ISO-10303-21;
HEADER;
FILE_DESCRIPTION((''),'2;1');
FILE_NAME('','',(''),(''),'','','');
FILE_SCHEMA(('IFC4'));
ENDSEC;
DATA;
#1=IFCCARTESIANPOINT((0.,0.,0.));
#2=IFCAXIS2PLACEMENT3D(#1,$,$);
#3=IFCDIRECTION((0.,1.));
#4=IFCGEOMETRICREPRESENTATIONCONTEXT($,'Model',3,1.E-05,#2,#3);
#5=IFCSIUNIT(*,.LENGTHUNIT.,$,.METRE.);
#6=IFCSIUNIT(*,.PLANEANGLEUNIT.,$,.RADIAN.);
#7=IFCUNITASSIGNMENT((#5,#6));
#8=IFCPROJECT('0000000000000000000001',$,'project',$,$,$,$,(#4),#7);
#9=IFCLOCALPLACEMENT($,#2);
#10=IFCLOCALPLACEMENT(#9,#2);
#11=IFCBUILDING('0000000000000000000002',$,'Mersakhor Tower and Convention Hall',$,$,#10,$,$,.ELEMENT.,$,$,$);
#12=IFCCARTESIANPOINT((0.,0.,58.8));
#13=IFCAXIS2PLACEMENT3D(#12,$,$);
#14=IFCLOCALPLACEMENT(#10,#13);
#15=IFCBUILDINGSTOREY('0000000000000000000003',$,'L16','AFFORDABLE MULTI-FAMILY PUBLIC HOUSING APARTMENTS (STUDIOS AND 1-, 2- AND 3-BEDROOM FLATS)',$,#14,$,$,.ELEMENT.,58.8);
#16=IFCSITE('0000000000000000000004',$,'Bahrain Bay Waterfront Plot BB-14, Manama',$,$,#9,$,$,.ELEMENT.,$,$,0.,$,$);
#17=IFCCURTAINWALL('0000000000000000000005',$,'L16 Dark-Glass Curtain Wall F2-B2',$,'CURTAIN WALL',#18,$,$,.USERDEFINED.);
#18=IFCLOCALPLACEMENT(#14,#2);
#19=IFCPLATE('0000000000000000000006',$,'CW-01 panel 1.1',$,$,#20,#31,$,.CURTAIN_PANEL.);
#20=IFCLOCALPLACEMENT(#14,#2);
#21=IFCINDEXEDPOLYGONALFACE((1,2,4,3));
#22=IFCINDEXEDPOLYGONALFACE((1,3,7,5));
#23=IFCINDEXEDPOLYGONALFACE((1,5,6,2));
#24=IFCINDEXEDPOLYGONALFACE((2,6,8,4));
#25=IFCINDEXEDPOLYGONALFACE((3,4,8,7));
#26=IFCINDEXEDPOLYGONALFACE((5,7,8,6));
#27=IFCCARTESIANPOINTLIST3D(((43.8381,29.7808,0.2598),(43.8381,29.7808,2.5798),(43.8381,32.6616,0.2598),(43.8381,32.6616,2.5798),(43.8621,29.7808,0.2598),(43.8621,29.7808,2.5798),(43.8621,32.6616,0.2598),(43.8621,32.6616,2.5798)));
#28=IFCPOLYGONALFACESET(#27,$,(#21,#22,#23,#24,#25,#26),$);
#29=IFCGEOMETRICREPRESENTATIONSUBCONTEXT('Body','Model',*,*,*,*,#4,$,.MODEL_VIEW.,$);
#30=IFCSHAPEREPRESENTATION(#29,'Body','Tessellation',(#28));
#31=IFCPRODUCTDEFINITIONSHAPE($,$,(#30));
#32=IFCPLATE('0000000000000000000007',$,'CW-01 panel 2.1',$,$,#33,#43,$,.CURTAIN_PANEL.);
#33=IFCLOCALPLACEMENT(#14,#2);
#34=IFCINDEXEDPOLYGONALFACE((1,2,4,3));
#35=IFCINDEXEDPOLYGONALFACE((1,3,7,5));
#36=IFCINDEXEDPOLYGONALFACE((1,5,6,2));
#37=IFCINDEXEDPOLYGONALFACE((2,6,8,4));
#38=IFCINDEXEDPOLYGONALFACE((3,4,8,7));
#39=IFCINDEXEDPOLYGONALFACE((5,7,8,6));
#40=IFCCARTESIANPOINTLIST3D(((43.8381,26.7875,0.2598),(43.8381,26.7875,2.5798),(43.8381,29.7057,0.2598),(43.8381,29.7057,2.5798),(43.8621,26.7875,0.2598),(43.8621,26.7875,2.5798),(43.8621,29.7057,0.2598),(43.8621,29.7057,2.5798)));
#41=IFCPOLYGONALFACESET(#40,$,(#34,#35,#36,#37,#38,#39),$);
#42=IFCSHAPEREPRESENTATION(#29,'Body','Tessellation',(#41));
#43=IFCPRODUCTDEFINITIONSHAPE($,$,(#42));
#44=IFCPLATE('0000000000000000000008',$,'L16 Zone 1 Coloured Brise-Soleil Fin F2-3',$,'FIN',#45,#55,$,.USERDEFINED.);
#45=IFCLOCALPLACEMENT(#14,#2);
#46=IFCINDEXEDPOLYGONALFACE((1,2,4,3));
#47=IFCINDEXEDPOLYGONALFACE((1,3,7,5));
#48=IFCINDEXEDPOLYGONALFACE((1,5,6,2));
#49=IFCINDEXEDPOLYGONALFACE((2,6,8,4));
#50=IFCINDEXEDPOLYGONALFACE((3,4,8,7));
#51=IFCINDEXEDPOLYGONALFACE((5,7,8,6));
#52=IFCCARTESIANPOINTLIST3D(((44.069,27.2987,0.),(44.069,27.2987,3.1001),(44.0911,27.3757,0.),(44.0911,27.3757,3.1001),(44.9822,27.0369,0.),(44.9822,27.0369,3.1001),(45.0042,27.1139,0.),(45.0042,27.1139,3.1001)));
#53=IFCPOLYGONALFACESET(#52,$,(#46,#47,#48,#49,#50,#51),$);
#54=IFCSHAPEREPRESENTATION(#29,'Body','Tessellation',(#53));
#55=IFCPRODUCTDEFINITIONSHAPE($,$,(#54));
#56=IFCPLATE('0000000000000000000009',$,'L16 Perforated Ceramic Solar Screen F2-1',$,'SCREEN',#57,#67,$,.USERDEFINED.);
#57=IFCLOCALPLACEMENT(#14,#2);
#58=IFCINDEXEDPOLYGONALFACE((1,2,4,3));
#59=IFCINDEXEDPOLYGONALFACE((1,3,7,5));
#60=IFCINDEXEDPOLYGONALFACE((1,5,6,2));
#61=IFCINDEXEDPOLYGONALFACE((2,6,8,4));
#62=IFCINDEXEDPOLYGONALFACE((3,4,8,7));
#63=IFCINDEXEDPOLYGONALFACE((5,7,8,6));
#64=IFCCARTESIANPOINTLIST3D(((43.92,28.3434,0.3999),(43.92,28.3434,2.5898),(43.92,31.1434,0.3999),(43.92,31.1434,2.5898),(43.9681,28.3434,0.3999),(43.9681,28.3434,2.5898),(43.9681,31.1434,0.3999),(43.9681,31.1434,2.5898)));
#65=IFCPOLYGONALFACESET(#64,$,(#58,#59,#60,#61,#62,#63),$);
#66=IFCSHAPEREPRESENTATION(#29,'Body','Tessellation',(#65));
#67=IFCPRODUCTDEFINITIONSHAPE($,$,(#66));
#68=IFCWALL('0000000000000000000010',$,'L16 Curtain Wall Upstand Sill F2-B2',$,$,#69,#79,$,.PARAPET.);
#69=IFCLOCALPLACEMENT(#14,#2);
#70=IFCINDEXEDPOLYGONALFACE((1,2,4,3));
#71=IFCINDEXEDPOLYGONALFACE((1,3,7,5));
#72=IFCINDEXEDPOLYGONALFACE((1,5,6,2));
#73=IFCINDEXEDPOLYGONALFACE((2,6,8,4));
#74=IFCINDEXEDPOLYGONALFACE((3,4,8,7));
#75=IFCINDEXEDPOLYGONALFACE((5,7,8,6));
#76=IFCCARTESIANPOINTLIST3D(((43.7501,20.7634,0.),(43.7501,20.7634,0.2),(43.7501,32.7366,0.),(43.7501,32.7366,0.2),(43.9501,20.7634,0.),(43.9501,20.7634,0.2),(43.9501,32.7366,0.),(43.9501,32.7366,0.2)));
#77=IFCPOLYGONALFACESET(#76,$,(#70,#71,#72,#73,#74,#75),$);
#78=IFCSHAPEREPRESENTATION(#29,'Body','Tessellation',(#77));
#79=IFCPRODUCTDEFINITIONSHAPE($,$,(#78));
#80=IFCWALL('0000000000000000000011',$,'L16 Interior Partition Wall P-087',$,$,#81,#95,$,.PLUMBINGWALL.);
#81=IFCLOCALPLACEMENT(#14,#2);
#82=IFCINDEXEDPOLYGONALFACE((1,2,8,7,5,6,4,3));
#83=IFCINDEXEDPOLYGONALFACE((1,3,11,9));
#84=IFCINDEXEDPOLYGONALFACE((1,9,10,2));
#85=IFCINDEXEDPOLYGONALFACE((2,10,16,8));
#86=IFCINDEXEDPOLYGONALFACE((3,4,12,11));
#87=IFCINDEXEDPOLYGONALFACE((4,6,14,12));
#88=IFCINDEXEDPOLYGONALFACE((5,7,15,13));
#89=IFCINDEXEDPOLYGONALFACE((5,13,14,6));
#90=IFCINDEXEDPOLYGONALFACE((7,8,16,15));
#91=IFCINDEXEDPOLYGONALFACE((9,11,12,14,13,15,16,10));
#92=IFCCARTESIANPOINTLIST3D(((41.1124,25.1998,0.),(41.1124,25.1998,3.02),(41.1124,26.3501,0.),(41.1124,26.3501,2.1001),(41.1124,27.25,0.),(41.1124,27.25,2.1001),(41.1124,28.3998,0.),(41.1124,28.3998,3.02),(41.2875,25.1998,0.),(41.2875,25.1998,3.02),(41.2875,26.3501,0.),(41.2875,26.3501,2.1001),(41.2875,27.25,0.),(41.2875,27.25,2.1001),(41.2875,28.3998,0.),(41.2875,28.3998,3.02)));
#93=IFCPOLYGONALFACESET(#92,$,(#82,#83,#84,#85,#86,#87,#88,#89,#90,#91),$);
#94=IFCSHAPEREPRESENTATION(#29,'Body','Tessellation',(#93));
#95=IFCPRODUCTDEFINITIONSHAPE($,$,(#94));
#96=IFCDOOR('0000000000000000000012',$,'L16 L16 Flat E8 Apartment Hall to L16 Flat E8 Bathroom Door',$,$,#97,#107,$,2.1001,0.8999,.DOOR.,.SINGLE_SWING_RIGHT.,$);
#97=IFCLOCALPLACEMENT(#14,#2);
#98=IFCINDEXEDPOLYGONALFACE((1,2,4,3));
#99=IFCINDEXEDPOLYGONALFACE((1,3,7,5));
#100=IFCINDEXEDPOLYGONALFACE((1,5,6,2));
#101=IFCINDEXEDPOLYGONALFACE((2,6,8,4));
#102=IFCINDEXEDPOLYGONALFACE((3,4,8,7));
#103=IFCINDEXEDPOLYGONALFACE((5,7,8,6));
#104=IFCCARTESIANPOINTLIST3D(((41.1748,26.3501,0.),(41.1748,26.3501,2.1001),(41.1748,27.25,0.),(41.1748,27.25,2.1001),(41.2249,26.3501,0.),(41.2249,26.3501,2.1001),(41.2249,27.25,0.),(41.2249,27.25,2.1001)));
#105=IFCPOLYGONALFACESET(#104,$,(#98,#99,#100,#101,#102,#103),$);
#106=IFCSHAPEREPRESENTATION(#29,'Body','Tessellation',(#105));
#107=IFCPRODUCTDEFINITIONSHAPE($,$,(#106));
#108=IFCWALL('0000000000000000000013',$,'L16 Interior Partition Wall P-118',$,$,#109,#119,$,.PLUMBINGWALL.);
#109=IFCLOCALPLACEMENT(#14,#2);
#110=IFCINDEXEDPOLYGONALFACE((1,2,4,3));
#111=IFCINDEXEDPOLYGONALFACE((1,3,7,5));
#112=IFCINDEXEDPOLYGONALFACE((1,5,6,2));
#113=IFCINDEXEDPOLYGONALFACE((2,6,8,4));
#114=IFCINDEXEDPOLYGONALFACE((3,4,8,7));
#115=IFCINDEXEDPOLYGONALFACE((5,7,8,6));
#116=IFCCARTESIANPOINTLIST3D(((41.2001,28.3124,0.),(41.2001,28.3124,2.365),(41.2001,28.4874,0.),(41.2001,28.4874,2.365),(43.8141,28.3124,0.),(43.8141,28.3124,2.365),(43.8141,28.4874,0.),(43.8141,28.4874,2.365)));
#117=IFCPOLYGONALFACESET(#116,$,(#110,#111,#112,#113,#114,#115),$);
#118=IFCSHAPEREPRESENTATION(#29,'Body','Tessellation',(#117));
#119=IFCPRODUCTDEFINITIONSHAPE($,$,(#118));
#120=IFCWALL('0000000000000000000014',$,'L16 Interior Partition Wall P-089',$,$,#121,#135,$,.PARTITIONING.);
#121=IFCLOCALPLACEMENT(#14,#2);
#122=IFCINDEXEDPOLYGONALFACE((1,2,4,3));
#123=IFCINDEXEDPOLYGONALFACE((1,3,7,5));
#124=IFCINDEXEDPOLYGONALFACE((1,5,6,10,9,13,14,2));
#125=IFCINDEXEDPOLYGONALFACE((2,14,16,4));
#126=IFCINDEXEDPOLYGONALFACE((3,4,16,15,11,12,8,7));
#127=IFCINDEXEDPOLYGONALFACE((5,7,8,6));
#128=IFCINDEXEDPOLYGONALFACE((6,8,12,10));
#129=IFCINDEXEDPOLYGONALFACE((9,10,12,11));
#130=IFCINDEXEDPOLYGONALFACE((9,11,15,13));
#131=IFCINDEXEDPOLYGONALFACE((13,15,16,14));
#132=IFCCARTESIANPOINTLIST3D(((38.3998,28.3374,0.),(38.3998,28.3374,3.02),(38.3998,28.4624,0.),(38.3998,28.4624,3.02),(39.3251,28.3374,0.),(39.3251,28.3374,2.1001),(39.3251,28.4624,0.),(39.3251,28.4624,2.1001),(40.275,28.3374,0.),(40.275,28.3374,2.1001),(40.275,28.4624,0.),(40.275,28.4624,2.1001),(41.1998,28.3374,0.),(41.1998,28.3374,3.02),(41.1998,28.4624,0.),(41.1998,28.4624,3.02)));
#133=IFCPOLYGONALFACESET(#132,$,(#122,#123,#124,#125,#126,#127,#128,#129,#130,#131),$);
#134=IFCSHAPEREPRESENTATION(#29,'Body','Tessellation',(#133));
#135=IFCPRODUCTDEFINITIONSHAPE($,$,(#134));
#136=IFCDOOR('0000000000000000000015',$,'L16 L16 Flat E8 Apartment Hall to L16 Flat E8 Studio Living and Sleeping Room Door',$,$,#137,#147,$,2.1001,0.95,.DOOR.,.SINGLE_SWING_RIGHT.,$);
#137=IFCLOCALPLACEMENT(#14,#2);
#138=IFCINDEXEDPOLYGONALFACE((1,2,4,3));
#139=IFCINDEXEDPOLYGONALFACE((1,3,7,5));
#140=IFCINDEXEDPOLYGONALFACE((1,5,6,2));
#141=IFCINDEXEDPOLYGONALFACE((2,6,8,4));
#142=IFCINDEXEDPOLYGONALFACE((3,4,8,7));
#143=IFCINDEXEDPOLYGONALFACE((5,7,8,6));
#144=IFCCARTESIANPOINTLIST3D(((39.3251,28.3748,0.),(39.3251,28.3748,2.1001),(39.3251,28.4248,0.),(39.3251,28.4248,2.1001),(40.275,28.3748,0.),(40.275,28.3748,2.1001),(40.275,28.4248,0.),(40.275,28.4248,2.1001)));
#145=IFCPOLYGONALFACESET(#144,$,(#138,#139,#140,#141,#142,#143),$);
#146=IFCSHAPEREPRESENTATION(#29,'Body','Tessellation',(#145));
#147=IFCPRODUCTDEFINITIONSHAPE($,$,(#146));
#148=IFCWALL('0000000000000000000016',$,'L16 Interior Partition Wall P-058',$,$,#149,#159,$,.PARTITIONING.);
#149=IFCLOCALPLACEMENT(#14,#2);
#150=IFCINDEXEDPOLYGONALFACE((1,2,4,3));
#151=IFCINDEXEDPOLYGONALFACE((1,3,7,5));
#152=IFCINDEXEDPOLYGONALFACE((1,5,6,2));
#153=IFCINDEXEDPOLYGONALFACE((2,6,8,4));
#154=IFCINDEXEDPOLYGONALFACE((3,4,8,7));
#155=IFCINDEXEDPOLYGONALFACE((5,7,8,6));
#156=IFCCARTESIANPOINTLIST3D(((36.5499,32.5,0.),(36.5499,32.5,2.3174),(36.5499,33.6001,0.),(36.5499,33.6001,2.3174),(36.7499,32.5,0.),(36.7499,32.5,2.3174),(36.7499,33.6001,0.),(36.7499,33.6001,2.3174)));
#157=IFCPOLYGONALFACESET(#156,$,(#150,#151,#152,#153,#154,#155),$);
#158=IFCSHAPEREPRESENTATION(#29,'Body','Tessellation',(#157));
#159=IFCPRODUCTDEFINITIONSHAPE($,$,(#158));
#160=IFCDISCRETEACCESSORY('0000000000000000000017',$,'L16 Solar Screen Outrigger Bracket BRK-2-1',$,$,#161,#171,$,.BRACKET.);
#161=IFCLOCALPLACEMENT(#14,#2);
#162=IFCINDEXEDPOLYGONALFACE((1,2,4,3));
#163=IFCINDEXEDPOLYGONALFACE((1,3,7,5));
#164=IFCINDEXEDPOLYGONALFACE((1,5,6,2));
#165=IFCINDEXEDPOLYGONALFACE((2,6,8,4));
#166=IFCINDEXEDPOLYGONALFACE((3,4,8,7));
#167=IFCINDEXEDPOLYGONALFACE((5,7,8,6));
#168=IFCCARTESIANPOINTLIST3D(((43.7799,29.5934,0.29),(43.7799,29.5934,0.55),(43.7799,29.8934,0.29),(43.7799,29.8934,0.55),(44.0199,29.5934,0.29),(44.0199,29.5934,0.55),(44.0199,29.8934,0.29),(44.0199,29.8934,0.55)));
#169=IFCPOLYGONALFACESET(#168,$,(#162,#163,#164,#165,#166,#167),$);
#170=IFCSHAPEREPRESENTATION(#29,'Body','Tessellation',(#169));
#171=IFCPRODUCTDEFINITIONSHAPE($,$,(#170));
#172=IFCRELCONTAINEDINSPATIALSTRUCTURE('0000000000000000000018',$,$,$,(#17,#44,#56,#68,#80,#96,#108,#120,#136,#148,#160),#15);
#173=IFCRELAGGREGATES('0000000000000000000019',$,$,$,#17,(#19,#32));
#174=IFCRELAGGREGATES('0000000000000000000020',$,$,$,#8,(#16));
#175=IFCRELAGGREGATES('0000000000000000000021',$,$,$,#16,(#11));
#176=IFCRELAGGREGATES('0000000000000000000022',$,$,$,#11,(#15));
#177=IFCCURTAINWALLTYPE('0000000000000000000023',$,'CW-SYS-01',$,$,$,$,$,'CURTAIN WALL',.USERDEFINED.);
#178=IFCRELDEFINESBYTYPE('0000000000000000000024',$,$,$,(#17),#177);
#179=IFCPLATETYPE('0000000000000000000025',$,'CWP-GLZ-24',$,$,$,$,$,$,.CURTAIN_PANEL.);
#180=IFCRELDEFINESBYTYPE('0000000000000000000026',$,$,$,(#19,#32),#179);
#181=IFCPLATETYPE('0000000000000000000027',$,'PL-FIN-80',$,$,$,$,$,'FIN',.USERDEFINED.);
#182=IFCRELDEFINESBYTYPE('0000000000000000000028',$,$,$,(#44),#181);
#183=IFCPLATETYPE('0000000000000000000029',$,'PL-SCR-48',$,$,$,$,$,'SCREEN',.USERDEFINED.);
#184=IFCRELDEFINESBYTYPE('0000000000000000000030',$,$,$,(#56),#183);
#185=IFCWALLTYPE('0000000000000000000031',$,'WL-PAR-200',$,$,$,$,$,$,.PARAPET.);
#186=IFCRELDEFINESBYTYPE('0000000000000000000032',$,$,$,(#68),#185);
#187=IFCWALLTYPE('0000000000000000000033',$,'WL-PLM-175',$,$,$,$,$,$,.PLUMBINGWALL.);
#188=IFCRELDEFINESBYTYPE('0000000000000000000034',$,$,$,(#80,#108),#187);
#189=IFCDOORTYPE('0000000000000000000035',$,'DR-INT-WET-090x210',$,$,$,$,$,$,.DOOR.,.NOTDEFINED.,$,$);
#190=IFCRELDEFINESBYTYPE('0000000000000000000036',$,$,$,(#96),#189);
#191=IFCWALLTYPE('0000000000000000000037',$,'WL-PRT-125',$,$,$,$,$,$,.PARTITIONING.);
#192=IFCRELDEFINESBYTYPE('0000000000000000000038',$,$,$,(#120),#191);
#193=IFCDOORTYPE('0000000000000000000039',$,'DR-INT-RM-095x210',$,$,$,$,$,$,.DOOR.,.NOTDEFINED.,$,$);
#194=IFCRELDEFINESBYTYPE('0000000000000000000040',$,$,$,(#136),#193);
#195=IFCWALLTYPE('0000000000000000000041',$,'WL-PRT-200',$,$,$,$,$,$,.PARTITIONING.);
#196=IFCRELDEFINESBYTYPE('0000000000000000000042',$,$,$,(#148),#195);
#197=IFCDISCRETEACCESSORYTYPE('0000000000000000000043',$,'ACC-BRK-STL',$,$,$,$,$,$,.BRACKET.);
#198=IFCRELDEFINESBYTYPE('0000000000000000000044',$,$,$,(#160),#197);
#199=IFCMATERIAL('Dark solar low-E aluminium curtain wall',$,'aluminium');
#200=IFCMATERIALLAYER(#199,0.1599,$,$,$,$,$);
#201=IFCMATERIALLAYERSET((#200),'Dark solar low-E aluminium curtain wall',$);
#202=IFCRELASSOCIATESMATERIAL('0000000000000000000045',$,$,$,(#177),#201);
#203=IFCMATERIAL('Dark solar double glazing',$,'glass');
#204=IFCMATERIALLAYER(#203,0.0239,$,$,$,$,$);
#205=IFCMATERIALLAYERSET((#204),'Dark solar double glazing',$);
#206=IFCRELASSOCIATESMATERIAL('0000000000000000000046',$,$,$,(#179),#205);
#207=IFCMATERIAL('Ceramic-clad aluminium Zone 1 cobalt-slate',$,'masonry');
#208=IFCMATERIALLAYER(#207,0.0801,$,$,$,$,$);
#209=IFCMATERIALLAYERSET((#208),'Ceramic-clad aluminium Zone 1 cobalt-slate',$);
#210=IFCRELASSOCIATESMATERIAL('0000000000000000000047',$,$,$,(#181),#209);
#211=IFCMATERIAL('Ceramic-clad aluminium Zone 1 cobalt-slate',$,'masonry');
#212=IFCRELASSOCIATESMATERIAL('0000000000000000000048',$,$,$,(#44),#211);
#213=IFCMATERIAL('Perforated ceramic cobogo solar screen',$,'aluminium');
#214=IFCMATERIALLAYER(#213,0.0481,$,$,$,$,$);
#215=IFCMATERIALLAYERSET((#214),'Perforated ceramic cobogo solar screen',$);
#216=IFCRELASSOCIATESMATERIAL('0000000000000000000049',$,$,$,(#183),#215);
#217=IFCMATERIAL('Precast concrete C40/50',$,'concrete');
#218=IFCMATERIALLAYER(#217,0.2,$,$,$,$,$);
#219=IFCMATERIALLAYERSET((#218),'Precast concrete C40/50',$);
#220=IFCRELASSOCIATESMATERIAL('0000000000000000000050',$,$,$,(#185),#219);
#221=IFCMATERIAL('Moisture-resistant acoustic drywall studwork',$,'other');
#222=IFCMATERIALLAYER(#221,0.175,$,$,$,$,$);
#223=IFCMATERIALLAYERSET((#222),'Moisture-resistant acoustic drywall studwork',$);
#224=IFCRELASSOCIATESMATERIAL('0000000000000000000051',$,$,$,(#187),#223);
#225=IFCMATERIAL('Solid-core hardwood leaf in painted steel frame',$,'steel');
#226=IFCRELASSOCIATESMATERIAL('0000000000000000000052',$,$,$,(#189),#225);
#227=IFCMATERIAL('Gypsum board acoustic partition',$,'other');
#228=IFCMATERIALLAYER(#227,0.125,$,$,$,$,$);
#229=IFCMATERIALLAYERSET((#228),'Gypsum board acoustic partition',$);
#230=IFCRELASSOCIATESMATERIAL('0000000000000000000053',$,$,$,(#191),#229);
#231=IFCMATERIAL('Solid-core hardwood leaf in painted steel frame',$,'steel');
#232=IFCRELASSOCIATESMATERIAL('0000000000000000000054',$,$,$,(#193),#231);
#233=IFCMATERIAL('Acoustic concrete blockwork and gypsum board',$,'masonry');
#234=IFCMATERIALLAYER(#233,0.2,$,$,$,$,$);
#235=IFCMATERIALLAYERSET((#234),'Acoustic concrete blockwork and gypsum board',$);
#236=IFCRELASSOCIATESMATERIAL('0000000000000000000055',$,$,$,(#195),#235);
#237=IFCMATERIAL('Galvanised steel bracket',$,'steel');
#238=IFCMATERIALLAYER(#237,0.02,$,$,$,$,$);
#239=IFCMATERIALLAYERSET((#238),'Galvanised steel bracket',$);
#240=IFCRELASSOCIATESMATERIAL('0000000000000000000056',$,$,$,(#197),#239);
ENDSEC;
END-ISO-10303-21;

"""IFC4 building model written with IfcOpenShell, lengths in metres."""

from ifc_helpers import new_model, si_unit, direction, frame, frame_2d, origin, origin_2d, place, context, subcontext, project, spatial, rectangle, extrude, material, layer, layer_set, type_object, element, fill, aggregate, save


model = new_model("IFC4")

# Units and contexts
model_context = context("Model", 3, precision=1e-05, world=origin(), true_north=direction((0.0, 1.0)))
body_context = subcontext(model_context, "Body", "Model", "MODEL_VIEW")
ifc_project = project(units=[si_unit("LENGTHUNIT", "METRE"), si_unit("PLANEANGLEUNIT", "RADIAN")], contexts=[model_context])

# Site, building, storey
site_placement = place(None, origin())
site = spatial("IfcSite", under=ifc_project, at=site_placement, Name="Bahrain Bay Waterfront Plot BB-14, Manama", CompositionType="ELEMENT", RefElevation=0.0)
building_placement = place(site_placement, origin())
building = spatial("IfcBuilding", under=site, at=building_placement, Name="Mersakhor Tower and Convention Hall", CompositionType="ELEMENT")
storey_placement = place(building_placement, frame((0.0, 0.0, 58.8)))
storey = spatial("IfcBuildingStorey", under=building, at=storey_placement, Name="L16", Description="AFFORDABLE MULTI-FAMILY PUBLIC HOUSING APARTMENTS (STUDIOS AND 1-, 2- AND 3-BEDROOM FLATS)", CompositionType="ELEMENT", Elevation=58.8)

# Curtain wall, plates
ifc_material_1 = material(Name="Dark solar low-E aluminium curtain wall", Category="aluminium")
ifc_layer_1 = layer(ifc_material_1, 0.1599)
ifc_layer_set_1 = layer_set([ifc_layer_1], Name="Dark solar low-E aluminium curtain wall")
curtain_wall_type = type_object("IfcCurtainWallType", Name="CW-SYS-01", ElementType="CURTAIN WALL", PredefinedType="USERDEFINED", material=ifc_layer_set_1)
curtain_wall_placement = place(storey_placement, origin())
curtain_wall = element("IfcCurtainWall", 1, at=curtain_wall_placement, inside=storey, type_object=curtain_wall_type, Name="L16 Dark-Glass Curtain Wall F2-B2", ObjectType="CURTAIN WALL", PredefinedType="USERDEFINED")
ifc_material_2 = material(Name="Dark solar double glazing", Category="glass")
ifc_layer_2 = layer(ifc_material_2, 0.0239)
ifc_layer_set_2 = layer_set([ifc_layer_2], Name="Dark solar double glazing")
plate_type_1 = type_object("IfcPlateType", Name="CWP-GLZ-24", PredefinedType="CURTAIN_PANEL", material=ifc_layer_set_2)
plate_1_placement = place(storey_placement, frame((43.8501, 31.2212, 0.2598), z_axis=(0.0, 0.0, 1.0), x_axis=(0.0, -1.0, 0.0)))
plate_1 = element("IfcPlate", 2, at=plate_1_placement, type_object=plate_type_1, Name="CW-01 panel 1.1", PredefinedType="CURTAIN_PANEL", context=body_context, shape_type="SweptSolid", body=[
    extrude(rectangle(XDim=2.8809, YDim=0.0239, at=origin_2d()), origin(), (0.0, 0.0, 1.0), 2.3201),
])
plate_2_placement = place(storey_placement, frame((43.8501, 28.2466, 0.2598), z_axis=(0.0, 0.0, 1.0), x_axis=(0.0, -1.0, 0.0)))
plate_2 = element("IfcPlate", 3, at=plate_2_placement, type_object=plate_type_1, Name="CW-01 panel 2.1", PredefinedType="CURTAIN_PANEL", context=body_context, shape_type="SweptSolid", body=[
    extrude(rectangle(XDim=2.9182, YDim=0.0239, at=origin_2d()), origin(), (0.0, 0.0, 1.0), 2.3201),
])
aggregate(curtain_wall, [plate_1, plate_2])

# Plates
ifc_material_3 = material(Name="Ceramic-clad aluminium Zone 1 cobalt-slate", Category="masonry")
ifc_material_4 = material(Name="Ceramic-clad aluminium Zone 1 cobalt-slate", Category="masonry")
ifc_layer_3 = layer(ifc_material_4, 0.0801)
ifc_layer_set_3 = layer_set([ifc_layer_3], Name="Ceramic-clad aluminium Zone 1 cobalt-slate")
plate_type_2 = type_object("IfcPlateType", Name="PL-FIN-80", ElementType="FIN", PredefinedType="USERDEFINED", material=ifc_layer_set_3)
plate_3_placement = place(storey_placement, frame((44.5366, 27.2063, 0.0), z_axis=(0.0, 0.0, 1.0), x_axis=(0.961262, -0.275637, 0.0)))
element("IfcPlate", 4, at=plate_3_placement, inside=storey, type_object=plate_type_2, material=ifc_material_3, Name="L16 Zone 1 Coloured Brise-Soleil Fin F2-3", ObjectType="FIN", PredefinedType="USERDEFINED", context=body_context, shape_type="SweptSolid", body=[
    extrude(rectangle(XDim=0.95, YDim=0.0801, at=origin_2d()), origin(), (0.0, 0.0, 1.0), 3.1001),
])
ifc_material_5 = material(Name="Perforated ceramic cobogo solar screen", Category="aluminium")
ifc_layer_4 = layer(ifc_material_5, 0.0481)
ifc_layer_set_4 = layer_set([ifc_layer_4], Name="Perforated ceramic cobogo solar screen")
plate_type_3 = type_object("IfcPlateType", Name="PL-SCR-48", ElementType="SCREEN", PredefinedType="USERDEFINED", material=ifc_layer_set_4)
plate_4_placement = place(storey_placement, frame((43.9441, 29.7434, 0.3999), z_axis=(0.0, 0.0, 1.0), x_axis=(0.0, -1.0, 0.0)))
element("IfcPlate", 5, at=plate_4_placement, inside=storey, type_object=plate_type_3, Name="L16 Perforated Ceramic Solar Screen F2-1", ObjectType="SCREEN", PredefinedType="USERDEFINED", context=body_context, shape_type="SweptSolid", body=[
    extrude(rectangle(XDim=2.8, YDim=0.0481, at=origin_2d()), origin(), (0.0, 0.0, 1.0), 2.1899),
])

# Wall
ifc_material_6 = material(Name="Precast concrete C40/50", Category="concrete")
ifc_layer_5 = layer(ifc_material_6, 0.2)
ifc_layer_set_5 = layer_set([ifc_layer_5], Name="Precast concrete C40/50")
wall_type_1 = type_object("IfcWallType", Name="WL-PAR-200", PredefinedType="PARAPET", material=ifc_layer_set_5)
wall_1_placement = place(storey_placement, frame((43.8501, 32.7366, 0.0), z_axis=(0.0, 0.0, 1.0), x_axis=(0.0, -1.0, 0.0)))
element("IfcWall", 6, at=wall_1_placement, inside=storey, type_object=wall_type_1, Name="L16 Curtain Wall Upstand Sill F2-B2", PredefinedType="PARAPET", context=body_context, shape_type="SweptSolid", body=[
    extrude(rectangle(XDim=11.9731, YDim=0.2, at=frame_2d((5.9866, 0.0))), origin(), (0.0, 0.0, 1.0), 0.2),
])

# Wall, opening, door
ifc_material_7 = material(Name="Moisture-resistant acoustic drywall studwork", Category="other")
ifc_layer_6 = layer(ifc_material_7, 0.175)
ifc_layer_set_6 = layer_set([ifc_layer_6], Name="Moisture-resistant acoustic drywall studwork")
wall_type_2 = type_object("IfcWallType", Name="WL-PLM-175", PredefinedType="PLUMBINGWALL", material=ifc_layer_set_6)
wall_2_placement = place(storey_placement, frame((41.2, 28.3999, 0.0), z_axis=(0.0, 0.0, 1.0), x_axis=(0.0, -1.0, 0.0)))
wall_2 = element("IfcWall", 7, at=wall_2_placement, inside=storey, type_object=wall_type_2, Name="L16 Interior Partition Wall P-087", PredefinedType="PLUMBINGWALL", context=body_context, shape_type="SweptSolid", body=[
    extrude(rectangle(XDim=3.2, YDim=0.175, at=frame_2d((1.6001, 0.0))), origin(), (0.0, 0.0, 1.0), 3.02),
])
opening_1_placement = place(wall_2_placement, frame((1.1499, 0.0, 0.0)))
opening_1 = element("IfcOpeningElement", 8, at=opening_1_placement, cuts=wall_2, PredefinedType="OPENING", context=body_context, shape_type="SweptSolid", body=[
    extrude(rectangle(XDim=0.8999, YDim=2.1001, at=frame_2d((0.45, 1.05))), frame((0.0, 0.0974, 0.0), z_axis=(0.0, -1.0, 0.0), x_axis=(1.0, 0.0, 0.0)), (0.0, 0.0, 1.0), 0.1951),
])
ifc_material_8 = material(Name="Solid-core hardwood leaf in painted steel frame", Category="steel")
door_type_1 = type_object("IfcDoorType", Name="DR-INT-WET-090x210", OperationType="NOTDEFINED", PredefinedType="DOOR", material=ifc_material_8)
door_1_placement = place(opening_1_placement, origin())
door_1 = element("IfcDoor", 9, at=door_1_placement, inside=storey, type_object=door_type_1, Name="L16 L16 Flat E8 Apartment Hall to L16 Flat E8 Bathroom Door", OperationType="SINGLE_SWING_RIGHT", OverallHeight=2.1001, OverallWidth=0.8999, PredefinedType="DOOR", context=body_context, shape_type="SweptSolid", body=[
    extrude(rectangle(XDim=0.8999, YDim=2.1001, at=frame_2d((0.45, 1.05))), frame((0.0, 0.0249, 0.0), z_axis=(0.0, -1.0, 0.0), x_axis=(1.0, 0.0, 0.0)), (0.0, 0.0, 1.0), 0.05),
])
fill(opening_1, door_1)

# Wall
wall_3_placement = place(storey_placement, frame((41.2, 28.3999, 0.0), z_axis=(0.0, 0.0, 1.0), x_axis=(1.0, 0.0, 0.0)))
element("IfcWall", 10, at=wall_3_placement, inside=storey, type_object=wall_type_2, Name="L16 Interior Partition Wall P-118", PredefinedType="PLUMBINGWALL", context=body_context, shape_type="SweptSolid", body=[
    extrude(rectangle(XDim=2.614, YDim=0.175, at=frame_2d((1.3071, 0.0))), origin(), (0.0, 0.0, 1.0), 2.365),
])

# Wall, opening, door
ifc_material_9 = material(Name="Gypsum board acoustic partition", Category="other")
ifc_layer_7 = layer(ifc_material_9, 0.125)
ifc_layer_set_7 = layer_set([ifc_layer_7], Name="Gypsum board acoustic partition")
wall_type_3 = type_object("IfcWallType", Name="WL-PRT-125", PredefinedType="PARTITIONING", material=ifc_layer_set_7)
wall_4_placement = place(storey_placement, frame((38.3999, 28.3999, 0.0), z_axis=(0.0, 0.0, 1.0), x_axis=(1.0, 0.0, 0.0)))
wall_4 = element("IfcWall", 11, at=wall_4_placement, inside=storey, type_object=wall_type_3, Name="L16 Interior Partition Wall P-089", PredefinedType="PARTITIONING", context=body_context, shape_type="SweptSolid", body=[
    extrude(rectangle(XDim=2.8, YDim=0.125, at=frame_2d((1.3999, 0.0))), origin(), (0.0, 0.0, 1.0), 3.02),
])
opening_2_placement = place(wall_4_placement, frame((0.925, 0.0, 0.0)))
opening_2 = element("IfcOpeningElement", 12, at=opening_2_placement, cuts=wall_4, PredefinedType="OPENING", context=body_context, shape_type="SweptSolid", body=[
    extrude(rectangle(XDim=0.95, YDim=2.1001, at=frame_2d((0.4751, 1.05))), frame((0.0, 0.0725, 0.0), z_axis=(0.0, -1.0, 0.0), x_axis=(1.0, 0.0, 0.0)), (0.0, 0.0, 1.0), 0.145),
])
ifc_material_10 = material(Name="Solid-core hardwood leaf in painted steel frame", Category="steel")
door_type_2 = type_object("IfcDoorType", Name="DR-INT-RM-095x210", OperationType="NOTDEFINED", PredefinedType="DOOR", material=ifc_material_10)
door_2_placement = place(opening_2_placement, origin())
door_2 = element("IfcDoor", 13, at=door_2_placement, inside=storey, type_object=door_type_2, Name="L16 L16 Flat E8 Apartment Hall to L16 Flat E8 Studio Living and Sleeping Room Door", OperationType="SINGLE_SWING_RIGHT", OverallHeight=2.1001, OverallWidth=0.95, PredefinedType="DOOR", context=body_context, shape_type="SweptSolid", body=[
    extrude(rectangle(XDim=0.95, YDim=2.1001, at=frame_2d((0.4751, 1.05))), frame((0.0, 0.0249, 0.0), z_axis=(0.0, -1.0, 0.0), x_axis=(1.0, 0.0, 0.0)), (0.0, 0.0, 1.0), 0.05),
])
fill(opening_2, door_2)

# Wall
ifc_material_11 = material(Name="Acoustic concrete blockwork and gypsum board", Category="masonry")
ifc_layer_8 = layer(ifc_material_11, 0.2)
ifc_layer_set_8 = layer_set([ifc_layer_8], Name="Acoustic concrete blockwork and gypsum board")
wall_type_4 = type_object("IfcWallType", Name="WL-PRT-200", PredefinedType="PARTITIONING", material=ifc_layer_set_8)
wall_5_placement = place(storey_placement, frame((36.6499, 32.5, 0.0), z_axis=(0.0, 0.0, 1.0), x_axis=(0.0, 1.0, 0.0)))
element("IfcWall", 14, at=wall_5_placement, inside=storey, type_object=wall_type_4, Name="L16 Interior Partition Wall P-058", PredefinedType="PARTITIONING", context=body_context, shape_type="SweptSolid", body=[
    extrude(rectangle(XDim=1.1001, YDim=0.2, at=frame_2d((0.55, 0.0))), origin(), (0.0, 0.0, 1.0), 2.3174),
])

# Discrete accessory
ifc_material_12 = material(Name="Galvanised steel bracket", Category="steel")
ifc_layer_9 = layer(ifc_material_12, 0.02)
ifc_layer_set_9 = layer_set([ifc_layer_9], Name="Galvanised steel bracket")
discrete_accessory_type = type_object("IfcDiscreteAccessoryType", Name="ACC-BRK-STL", PredefinedType="BRACKET", material=ifc_layer_set_9)
discrete_accessory_1_placement = place(storey_placement, frame((43.8999, 29.7434, 0.29), z_axis=(0.0, 0.0, 1.0), x_axis=(0.0, -1.0, 0.0)))
element("IfcDiscreteAccessory", 15, at=discrete_accessory_1_placement, inside=storey, type_object=discrete_accessory_type, Name="L16 Solar Screen Outrigger Bracket BRK-2-1", PredefinedType="BRACKET", context=body_context, shape_type="SweptSolid", body=[
    extrude(rectangle(XDim=0.3, YDim=0.24, at=origin_2d()), origin(), (0.0, 0.0, 1.0), 0.26),
])

save(model, "model.ifc")
